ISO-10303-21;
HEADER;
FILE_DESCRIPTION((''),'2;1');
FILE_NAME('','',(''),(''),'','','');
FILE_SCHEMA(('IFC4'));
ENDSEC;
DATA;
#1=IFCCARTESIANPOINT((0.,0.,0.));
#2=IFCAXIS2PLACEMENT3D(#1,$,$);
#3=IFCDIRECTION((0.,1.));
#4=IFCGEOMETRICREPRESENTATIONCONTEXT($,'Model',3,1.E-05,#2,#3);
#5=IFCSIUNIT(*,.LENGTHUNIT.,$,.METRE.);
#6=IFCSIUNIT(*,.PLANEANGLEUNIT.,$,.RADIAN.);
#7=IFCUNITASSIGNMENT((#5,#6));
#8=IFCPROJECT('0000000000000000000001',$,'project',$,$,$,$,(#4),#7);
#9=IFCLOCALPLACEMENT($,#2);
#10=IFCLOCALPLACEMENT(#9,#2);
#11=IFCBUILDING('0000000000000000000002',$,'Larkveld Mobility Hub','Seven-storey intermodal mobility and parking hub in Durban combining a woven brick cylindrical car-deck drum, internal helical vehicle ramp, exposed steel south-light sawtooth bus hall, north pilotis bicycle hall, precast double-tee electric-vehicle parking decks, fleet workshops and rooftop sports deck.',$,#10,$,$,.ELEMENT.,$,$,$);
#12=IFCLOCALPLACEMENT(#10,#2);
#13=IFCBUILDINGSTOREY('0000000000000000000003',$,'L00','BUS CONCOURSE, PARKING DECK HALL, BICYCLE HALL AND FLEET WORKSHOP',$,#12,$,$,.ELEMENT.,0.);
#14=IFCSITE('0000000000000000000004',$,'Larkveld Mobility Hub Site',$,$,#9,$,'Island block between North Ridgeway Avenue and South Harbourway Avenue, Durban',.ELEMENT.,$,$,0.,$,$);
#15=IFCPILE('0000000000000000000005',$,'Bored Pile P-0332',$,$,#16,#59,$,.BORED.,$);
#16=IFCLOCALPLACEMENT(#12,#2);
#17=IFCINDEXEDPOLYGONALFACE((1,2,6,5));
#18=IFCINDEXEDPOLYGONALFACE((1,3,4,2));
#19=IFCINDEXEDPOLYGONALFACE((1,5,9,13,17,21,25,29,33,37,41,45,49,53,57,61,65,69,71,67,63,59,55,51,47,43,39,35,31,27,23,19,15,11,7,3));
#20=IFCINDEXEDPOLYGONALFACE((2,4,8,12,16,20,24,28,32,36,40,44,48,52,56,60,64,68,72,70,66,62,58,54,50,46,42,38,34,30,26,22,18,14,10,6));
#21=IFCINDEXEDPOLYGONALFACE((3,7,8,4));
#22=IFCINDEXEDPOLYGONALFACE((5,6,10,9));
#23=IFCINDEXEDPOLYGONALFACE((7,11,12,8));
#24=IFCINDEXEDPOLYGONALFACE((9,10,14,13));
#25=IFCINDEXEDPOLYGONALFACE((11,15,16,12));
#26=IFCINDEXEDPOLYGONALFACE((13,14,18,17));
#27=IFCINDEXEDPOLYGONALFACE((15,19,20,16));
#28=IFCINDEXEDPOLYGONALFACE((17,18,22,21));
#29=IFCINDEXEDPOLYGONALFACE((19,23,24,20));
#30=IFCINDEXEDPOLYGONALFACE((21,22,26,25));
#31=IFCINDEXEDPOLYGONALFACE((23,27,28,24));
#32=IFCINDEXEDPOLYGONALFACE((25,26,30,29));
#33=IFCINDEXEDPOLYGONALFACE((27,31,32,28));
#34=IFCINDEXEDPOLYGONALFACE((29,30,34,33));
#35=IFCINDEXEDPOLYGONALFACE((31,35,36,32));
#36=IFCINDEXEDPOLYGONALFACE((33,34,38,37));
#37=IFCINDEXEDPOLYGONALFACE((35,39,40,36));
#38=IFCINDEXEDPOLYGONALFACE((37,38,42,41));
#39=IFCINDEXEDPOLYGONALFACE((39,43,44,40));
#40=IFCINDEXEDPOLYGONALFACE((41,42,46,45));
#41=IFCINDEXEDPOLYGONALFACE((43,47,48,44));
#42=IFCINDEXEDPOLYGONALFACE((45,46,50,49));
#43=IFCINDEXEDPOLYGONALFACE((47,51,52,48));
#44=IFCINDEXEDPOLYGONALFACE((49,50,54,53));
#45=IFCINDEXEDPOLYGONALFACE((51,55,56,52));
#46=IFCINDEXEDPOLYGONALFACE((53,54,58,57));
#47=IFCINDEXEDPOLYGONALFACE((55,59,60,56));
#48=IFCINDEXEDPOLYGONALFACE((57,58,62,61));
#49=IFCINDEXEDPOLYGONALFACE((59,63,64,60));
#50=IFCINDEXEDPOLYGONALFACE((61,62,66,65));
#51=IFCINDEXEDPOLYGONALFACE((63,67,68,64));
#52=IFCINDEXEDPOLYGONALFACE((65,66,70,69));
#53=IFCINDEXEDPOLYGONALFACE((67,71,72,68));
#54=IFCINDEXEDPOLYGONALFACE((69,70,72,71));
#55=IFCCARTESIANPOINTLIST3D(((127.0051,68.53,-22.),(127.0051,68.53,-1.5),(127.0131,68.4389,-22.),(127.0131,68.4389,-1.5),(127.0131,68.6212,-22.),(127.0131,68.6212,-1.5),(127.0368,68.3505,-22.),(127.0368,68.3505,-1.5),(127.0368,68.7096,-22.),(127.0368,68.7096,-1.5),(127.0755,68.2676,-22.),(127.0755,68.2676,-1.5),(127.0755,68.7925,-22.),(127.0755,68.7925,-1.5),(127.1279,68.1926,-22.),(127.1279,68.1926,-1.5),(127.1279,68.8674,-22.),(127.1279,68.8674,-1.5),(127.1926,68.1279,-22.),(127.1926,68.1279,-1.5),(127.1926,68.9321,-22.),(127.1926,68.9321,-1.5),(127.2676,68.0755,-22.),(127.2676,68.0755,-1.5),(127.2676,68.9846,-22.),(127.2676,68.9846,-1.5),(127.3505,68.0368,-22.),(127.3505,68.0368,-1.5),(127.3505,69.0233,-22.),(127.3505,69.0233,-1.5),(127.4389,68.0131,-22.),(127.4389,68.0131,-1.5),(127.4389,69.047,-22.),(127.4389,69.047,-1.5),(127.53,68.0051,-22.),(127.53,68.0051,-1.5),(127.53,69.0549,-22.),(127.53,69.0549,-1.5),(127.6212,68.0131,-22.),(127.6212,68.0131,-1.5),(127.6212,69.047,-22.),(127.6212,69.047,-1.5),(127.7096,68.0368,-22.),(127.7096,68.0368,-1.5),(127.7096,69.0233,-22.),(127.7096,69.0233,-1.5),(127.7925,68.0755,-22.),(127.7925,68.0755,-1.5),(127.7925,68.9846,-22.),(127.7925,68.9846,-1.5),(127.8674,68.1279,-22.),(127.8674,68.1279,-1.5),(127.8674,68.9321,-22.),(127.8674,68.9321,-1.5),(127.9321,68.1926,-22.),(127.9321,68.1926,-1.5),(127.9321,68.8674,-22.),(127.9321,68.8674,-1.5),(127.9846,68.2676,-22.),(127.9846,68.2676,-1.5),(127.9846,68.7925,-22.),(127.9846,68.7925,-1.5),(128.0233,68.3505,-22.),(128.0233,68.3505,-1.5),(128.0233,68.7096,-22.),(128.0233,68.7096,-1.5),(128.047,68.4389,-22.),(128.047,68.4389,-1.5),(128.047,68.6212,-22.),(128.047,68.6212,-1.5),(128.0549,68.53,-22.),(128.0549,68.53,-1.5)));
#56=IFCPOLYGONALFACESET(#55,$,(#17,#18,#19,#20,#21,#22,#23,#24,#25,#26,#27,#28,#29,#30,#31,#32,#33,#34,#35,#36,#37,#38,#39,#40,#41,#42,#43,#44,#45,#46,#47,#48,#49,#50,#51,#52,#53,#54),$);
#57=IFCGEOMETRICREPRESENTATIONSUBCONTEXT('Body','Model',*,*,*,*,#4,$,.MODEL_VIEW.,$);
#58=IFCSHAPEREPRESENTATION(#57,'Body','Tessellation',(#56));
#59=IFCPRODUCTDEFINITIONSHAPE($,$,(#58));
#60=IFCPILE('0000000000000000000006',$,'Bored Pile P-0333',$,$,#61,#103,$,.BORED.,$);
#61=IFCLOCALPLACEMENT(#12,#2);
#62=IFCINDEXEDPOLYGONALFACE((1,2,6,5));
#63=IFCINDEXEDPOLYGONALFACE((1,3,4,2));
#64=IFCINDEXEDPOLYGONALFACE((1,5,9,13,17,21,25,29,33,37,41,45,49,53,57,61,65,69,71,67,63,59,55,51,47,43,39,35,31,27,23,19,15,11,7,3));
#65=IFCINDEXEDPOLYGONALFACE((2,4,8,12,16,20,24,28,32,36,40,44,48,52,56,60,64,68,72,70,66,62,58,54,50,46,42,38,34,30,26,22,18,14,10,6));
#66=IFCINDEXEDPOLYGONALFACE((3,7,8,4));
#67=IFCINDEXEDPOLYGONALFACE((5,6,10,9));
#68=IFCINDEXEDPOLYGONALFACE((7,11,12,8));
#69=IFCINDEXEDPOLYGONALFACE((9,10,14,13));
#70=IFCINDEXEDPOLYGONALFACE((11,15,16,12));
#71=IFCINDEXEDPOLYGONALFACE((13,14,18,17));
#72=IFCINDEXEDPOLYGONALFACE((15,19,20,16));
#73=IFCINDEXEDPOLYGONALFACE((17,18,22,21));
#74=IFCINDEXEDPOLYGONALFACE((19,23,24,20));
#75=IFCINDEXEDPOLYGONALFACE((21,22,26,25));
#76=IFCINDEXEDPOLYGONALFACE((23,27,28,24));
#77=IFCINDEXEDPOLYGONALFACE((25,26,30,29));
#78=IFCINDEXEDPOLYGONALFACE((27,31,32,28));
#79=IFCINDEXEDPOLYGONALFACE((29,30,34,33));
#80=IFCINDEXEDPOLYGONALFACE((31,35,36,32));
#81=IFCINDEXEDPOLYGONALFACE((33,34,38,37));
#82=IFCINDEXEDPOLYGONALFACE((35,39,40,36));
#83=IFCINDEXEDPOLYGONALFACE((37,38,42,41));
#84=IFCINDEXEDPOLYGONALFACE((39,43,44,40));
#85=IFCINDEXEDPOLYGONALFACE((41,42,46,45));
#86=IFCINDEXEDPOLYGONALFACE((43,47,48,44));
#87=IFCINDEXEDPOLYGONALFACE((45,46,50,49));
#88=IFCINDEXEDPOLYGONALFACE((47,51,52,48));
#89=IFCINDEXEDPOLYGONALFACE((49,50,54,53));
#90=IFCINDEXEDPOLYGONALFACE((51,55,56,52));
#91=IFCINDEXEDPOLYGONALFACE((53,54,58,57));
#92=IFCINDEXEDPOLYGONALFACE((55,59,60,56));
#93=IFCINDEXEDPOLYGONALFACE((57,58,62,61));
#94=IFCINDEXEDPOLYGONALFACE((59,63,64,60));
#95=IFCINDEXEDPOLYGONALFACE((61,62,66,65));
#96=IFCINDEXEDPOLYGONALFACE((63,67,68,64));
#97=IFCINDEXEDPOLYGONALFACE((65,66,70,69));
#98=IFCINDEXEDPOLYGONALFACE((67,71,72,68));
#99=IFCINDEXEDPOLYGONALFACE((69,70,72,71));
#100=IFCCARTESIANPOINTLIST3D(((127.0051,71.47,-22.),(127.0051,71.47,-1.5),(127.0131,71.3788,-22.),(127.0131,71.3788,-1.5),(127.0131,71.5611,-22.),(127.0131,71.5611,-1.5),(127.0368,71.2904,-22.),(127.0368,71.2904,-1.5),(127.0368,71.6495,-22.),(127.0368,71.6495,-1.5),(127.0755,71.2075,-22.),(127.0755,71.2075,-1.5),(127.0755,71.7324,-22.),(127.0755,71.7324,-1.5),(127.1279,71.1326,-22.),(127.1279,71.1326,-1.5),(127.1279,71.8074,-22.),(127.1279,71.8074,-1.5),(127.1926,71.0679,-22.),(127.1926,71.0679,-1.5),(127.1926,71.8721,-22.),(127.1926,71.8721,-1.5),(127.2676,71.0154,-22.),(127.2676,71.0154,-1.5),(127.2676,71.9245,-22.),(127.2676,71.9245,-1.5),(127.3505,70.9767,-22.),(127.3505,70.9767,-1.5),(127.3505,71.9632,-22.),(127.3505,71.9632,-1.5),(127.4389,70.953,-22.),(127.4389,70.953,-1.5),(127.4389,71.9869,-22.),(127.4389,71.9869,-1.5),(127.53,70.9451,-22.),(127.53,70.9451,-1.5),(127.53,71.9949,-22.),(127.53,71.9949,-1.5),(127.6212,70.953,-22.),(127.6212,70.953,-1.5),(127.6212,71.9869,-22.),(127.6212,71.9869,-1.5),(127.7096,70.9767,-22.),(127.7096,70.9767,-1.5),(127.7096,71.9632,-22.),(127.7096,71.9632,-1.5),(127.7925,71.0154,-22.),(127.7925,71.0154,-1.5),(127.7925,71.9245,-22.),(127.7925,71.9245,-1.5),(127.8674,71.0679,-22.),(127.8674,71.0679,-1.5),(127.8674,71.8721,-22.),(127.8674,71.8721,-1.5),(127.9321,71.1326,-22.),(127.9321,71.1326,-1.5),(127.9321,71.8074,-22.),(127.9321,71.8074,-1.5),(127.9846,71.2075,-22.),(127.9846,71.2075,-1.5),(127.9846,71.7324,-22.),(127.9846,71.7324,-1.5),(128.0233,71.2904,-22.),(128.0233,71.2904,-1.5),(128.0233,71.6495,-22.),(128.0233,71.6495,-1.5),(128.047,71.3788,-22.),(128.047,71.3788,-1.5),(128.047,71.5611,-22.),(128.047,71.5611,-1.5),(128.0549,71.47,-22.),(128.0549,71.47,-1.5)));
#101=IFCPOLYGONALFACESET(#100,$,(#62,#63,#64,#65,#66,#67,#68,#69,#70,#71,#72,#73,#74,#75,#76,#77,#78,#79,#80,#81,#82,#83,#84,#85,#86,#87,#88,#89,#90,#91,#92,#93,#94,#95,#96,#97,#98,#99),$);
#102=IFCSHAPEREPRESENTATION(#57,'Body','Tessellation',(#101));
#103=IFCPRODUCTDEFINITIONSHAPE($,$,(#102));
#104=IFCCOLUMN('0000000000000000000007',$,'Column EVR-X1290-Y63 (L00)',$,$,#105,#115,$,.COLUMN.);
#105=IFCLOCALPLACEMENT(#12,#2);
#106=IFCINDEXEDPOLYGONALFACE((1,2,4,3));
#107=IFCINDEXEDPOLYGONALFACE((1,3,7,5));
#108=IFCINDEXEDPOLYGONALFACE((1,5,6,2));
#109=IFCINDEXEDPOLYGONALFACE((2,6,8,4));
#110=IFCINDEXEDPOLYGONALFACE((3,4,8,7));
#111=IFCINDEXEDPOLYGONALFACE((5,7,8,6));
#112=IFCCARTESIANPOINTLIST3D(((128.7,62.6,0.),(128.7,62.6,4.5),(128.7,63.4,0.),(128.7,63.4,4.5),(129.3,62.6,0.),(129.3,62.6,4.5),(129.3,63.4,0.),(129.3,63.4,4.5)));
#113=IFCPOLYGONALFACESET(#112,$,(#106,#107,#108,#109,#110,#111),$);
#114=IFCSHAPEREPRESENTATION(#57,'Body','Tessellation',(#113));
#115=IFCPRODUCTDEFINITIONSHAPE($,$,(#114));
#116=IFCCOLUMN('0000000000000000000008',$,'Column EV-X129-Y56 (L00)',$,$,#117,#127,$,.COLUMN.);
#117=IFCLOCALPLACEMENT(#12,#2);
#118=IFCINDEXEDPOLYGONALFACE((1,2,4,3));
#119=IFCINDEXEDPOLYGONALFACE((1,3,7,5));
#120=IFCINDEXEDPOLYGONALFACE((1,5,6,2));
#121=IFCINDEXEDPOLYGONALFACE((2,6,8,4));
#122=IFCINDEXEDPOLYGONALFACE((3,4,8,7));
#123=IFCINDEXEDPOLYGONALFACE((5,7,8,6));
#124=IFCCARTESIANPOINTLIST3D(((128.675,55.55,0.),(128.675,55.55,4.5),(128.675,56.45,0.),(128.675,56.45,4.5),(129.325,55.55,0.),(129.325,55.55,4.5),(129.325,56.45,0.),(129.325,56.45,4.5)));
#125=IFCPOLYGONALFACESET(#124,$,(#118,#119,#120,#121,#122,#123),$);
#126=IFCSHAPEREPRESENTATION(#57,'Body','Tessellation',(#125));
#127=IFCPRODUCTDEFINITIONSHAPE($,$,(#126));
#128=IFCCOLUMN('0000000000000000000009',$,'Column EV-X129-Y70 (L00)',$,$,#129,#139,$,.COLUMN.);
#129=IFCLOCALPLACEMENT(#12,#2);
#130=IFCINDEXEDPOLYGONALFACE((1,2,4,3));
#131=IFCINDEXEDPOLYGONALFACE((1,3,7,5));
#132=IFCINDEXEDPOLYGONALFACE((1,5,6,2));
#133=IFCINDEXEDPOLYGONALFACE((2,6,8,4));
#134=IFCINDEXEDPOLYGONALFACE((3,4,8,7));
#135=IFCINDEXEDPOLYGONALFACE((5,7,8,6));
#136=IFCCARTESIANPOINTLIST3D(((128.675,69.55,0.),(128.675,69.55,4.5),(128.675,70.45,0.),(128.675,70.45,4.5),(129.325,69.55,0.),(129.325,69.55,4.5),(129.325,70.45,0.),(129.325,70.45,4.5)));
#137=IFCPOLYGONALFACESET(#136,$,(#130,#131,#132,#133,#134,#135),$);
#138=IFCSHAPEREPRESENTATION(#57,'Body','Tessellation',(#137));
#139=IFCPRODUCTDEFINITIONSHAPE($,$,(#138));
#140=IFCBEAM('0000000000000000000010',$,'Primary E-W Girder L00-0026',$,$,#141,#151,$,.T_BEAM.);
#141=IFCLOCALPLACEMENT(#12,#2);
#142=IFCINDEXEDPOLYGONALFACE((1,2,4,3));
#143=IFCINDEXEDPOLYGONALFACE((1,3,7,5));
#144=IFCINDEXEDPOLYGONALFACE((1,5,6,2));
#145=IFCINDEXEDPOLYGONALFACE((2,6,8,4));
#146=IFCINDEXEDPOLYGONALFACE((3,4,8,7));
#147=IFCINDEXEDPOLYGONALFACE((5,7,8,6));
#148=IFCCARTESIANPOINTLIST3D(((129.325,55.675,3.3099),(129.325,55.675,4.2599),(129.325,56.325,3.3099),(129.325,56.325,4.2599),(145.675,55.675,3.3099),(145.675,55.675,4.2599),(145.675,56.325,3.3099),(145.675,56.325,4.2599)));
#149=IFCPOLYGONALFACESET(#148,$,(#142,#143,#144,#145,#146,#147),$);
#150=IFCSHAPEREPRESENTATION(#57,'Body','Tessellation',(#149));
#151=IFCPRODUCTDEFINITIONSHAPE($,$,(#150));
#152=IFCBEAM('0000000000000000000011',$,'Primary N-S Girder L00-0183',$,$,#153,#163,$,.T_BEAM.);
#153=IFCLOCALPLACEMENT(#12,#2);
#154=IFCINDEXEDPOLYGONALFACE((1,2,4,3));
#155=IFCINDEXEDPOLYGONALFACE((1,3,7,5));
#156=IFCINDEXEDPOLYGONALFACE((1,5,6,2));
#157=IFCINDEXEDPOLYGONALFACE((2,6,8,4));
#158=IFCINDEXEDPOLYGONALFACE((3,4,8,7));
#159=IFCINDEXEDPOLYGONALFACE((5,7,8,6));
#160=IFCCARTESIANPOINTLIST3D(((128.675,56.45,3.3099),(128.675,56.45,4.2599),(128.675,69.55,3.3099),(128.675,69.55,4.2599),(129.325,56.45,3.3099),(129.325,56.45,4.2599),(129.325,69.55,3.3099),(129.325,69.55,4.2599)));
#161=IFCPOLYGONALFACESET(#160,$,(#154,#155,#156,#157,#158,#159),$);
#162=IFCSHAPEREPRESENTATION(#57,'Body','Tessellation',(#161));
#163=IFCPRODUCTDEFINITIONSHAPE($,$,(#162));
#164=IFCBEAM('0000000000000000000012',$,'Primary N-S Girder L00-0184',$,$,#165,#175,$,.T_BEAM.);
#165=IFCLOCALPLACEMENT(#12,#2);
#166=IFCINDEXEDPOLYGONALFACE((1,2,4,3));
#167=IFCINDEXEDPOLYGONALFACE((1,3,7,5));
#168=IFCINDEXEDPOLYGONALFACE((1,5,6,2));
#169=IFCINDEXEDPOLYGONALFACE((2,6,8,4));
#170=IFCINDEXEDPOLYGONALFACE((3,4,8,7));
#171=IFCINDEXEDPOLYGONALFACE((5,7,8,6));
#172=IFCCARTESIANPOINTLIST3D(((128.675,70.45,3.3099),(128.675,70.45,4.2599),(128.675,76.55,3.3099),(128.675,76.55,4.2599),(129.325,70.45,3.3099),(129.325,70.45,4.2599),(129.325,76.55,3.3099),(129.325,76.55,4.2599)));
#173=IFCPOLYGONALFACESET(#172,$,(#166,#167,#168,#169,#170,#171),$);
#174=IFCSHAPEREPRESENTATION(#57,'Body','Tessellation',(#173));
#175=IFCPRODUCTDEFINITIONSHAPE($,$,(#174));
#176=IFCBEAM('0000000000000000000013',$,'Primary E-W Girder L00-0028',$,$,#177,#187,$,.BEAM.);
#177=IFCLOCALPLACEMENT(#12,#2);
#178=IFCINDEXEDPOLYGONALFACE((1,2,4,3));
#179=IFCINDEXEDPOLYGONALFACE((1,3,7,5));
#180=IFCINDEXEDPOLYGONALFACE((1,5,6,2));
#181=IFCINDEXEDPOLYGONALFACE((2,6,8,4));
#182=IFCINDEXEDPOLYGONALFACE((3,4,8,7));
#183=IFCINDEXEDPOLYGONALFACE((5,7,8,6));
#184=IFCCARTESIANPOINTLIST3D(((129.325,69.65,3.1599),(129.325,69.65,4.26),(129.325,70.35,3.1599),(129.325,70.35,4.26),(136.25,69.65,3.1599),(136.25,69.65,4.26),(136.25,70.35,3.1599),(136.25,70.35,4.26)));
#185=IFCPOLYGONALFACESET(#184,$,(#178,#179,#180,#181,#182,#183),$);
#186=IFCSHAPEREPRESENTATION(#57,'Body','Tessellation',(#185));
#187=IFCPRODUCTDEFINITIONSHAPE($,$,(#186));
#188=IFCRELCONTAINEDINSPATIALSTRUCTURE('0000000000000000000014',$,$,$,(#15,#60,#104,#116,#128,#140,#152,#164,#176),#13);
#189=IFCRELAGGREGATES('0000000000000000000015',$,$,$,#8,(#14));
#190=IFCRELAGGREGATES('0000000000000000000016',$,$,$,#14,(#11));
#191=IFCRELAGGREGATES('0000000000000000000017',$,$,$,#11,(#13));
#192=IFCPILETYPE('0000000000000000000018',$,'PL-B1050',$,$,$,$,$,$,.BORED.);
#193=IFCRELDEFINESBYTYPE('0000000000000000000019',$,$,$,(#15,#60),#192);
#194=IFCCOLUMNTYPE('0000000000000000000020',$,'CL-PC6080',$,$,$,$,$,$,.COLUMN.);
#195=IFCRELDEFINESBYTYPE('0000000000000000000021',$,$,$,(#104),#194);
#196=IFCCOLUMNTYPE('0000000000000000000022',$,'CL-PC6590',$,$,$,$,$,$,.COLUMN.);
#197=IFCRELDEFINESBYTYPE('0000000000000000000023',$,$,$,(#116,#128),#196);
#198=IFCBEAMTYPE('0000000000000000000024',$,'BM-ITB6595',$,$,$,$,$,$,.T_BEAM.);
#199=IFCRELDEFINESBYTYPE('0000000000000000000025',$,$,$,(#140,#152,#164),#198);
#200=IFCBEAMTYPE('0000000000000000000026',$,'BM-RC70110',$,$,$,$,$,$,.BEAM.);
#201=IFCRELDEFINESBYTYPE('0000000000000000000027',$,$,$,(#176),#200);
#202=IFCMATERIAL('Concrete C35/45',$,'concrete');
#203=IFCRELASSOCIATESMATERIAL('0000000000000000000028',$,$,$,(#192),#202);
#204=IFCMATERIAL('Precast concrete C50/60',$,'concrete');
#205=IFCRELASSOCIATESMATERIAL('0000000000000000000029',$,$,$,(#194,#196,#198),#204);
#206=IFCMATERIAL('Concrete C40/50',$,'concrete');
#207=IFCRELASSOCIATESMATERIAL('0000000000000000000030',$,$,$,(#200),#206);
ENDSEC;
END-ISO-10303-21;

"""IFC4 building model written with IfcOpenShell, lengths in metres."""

from ifc_helpers import new_model, si_unit, direction, frame, origin, origin_2d, place, context, subcontext, project, spatial, rectangle, circle, extrude, material, material_profile, profile_set, type_object, element, save


model = new_model("IFC4")

# Units and contexts
model_context = context("Model", 3, precision=1e-05, world=origin(), true_north=direction((0.0, 1.0)))
body_context = subcontext(model_context, "Body", "Model", "MODEL_VIEW")
ifc_project = project(units=[si_unit("LENGTHUNIT", "METRE"), si_unit("PLANEANGLEUNIT", "RADIAN")], contexts=[model_context])

# Site, building, storey
site_placement = place(None, origin())
site = spatial("IfcSite", under=ifc_project, at=site_placement, Name="Larkveld Mobility Hub Site", LongName="Island block between North Ridgeway Avenue and South Harbourway Avenue, Durban", CompositionType="ELEMENT", RefElevation=0.0)
building_placement = place(site_placement, origin())
building = spatial("IfcBuilding", under=site, at=building_placement, Name="Larkveld Mobility Hub", Description="Seven-storey intermodal mobility and parking hub in Durban combining a woven brick cylindrical car-deck drum, internal helical vehicle ramp, exposed steel south-light sawtooth bus hall, north pilotis bicycle hall, precast double-tee electric-vehicle parking decks, fleet workshops and rooftop sports deck.", CompositionType="ELEMENT")
storey_placement = place(building_placement, origin())
storey = spatial("IfcBuildingStorey", under=building, at=storey_placement, Name="L00", Description="BUS CONCOURSE, PARKING DECK HALL, BICYCLE HALL AND FLEET WORKSHOP", CompositionType="ELEMENT", Elevation=0.0)

# Shared definitions
ifc_material_1 = material(Name="Concrete C35/45", Category="concrete")

# Piles
ifc_material_profile_1 = material_profile(ifc_material_1, circle(Radius=0.5249, at=origin_2d()), Name="PILE D1050")
ifc_profile_set_1 = profile_set([ifc_material_profile_1], Name="Concrete C35/45")
pile_type_1 = type_object("IfcPileType", Name="PL-B1050", PredefinedType="BORED", material=ifc_profile_set_1)
for number, where, z_axis, x_axis, name in (
    (1, (127.53, 68.53, -1.5), (0.0, 0.0, -1.0), (1.0, 0.0, 0.0), "Bored Pile P-0332"),
    (2, (127.53, 71.47, -1.5), (0.0, 0.0, -1.0), (1.0, 0.0, 0.0), "Bored Pile P-0333"),
):
    element("IfcPile", number, at=place(storey_placement, frame(where, z_axis=z_axis, x_axis=x_axis)), inside=storey, type_object=pile_type_1, Name=name, PredefinedType="BORED", context=body_context, shape_type="SweptSolid", body=[
        extrude(circle(Radius=0.5249, at=origin_2d()), origin(), (0.0, 0.0, 1.0), 20.5),
    ])

# Columns
ifc_material_2 = material(Name="Precast concrete C50/60", Category="concrete")
ifc_material_profile_2 = material_profile(ifc_material_2, rectangle(XDim=0.6001, YDim=0.8, at=origin_2d()), Name="RC COL 600x800")
ifc_profile_set_2 = profile_set([ifc_material_profile_2], Name="Precast concrete C50/60")
column_type_1 = type_object("IfcColumnType", Name="CL-PC6080", PredefinedType="COLUMN", material=ifc_profile_set_2)
column_placement = place(storey_placement, frame((129.0, 63.0, 0.0), z_axis=(0.0, 0.0, 1.0), x_axis=(1.0, 0.0, 0.0)))
element("IfcColumn", 3, at=column_placement, inside=storey, type_object=column_type_1, Name="Column EVR-X1290-Y63 (L00)", PredefinedType="COLUMN", context=body_context, shape_type="SweptSolid", body=[
    extrude(rectangle(XDim=0.6001, YDim=0.8, at=origin_2d()), origin(), (0.0, 0.0, 1.0), 4.5),
])
ifc_material_profile_3 = material_profile(ifc_material_2, rectangle(XDim=0.6499, YDim=0.8999, at=origin_2d()), Name="RC COL 650x900")
ifc_profile_set_3 = profile_set([ifc_material_profile_3], Name="Precast concrete C50/60")
column_type_2 = type_object("IfcColumnType", Name="CL-PC6590", PredefinedType="COLUMN", material=ifc_profile_set_3)
for number, where, z_axis, x_axis, name in (
    (4, (129.0, 56.0, 0.0), (0.0, 0.0, 1.0), (1.0, 0.0, 0.0), "Column EV-X129-Y56 (L00)"),
    (5, (129.0, 70.0, 0.0), (0.0, 0.0, 1.0), (1.0, 0.0, 0.0), "Column EV-X129-Y70 (L00)"),
):
    element("IfcColumn", number, at=place(storey_placement, frame(where, z_axis=z_axis, x_axis=x_axis)), inside=storey, type_object=column_type_2, Name=name, PredefinedType="COLUMN", context=body_context, shape_type="SweptSolid", body=[
        extrude(rectangle(XDim=0.6499, YDim=0.8999, at=origin_2d()), origin(), (0.0, 0.0, 1.0), 4.5),
    ])

# Beams
ifc_material_profile_4 = material_profile(ifc_material_2, rectangle(XDim=0.6499, YDim=0.95, at=origin_2d()), Name="PC ITB 650x950")
ifc_profile_set_4 = profile_set([ifc_material_profile_4], Name="Precast concrete C50/60")
beam_type_1 = type_object("IfcBeamType", Name="BM-ITB6595", PredefinedType="T_BEAM", material=ifc_profile_set_4)
beam_1_placement = place(storey_placement, frame((129.325, 56.0, 3.7849), z_axis=(1.0, 0.0, 0.0), x_axis=(0.0, 1.0, 0.0)))
element("IfcBeam", 6, at=beam_1_placement, inside=storey, type_object=beam_type_1, Name="Primary E-W Girder L00-0026", PredefinedType="T_BEAM", context=body_context, shape_type="SweptSolid", body=[
    extrude(rectangle(XDim=0.6499, YDim=0.95, at=origin_2d()), origin(), (0.0, 0.0, 1.0), 16.3501),
])
beam_2_placement = place(storey_placement, frame((129.0, 56.45, 3.7849), z_axis=(0.0, 1.0, 0.0), x_axis=(-1.0, 0.0, 0.0)))
element("IfcBeam", 7, at=beam_2_placement, inside=storey, type_object=beam_type_1, Name="Primary N-S Girder L00-0183", PredefinedType="T_BEAM", context=body_context, shape_type="SweptSolid", body=[
    extrude(rectangle(XDim=0.6499, YDim=0.95, at=origin_2d()), origin(), (0.0, 0.0, 1.0), 13.1001),
])
beam_3_placement = place(storey_placement, frame((129.0, 70.45, 3.7849), z_axis=(0.0, 1.0, 0.0), x_axis=(-1.0, 0.0, 0.0)))
element("IfcBeam", 8, at=beam_3_placement, inside=storey, type_object=beam_type_1, Name="Primary N-S Girder L00-0184", PredefinedType="T_BEAM", context=body_context, shape_type="SweptSolid", body=[
    extrude(rectangle(XDim=0.6499, YDim=0.95, at=origin_2d()), origin(), (0.0, 0.0, 1.0), 6.1001),
])
ifc_material_3 = material(Name="Concrete C40/50", Category="concrete")
ifc_material_profile_5 = material_profile(ifc_material_3, rectangle(XDim=0.7, YDim=1.1001, at=origin_2d()), Name="RC BM 700x1100")
ifc_profile_set_5 = profile_set([ifc_material_profile_5], Name="Concrete C40/50")
beam_type_2 = type_object("IfcBeamType", Name="BM-RC70110", PredefinedType="BEAM", material=ifc_profile_set_5)
beam_4_placement = place(storey_placement, frame((129.325, 70.0, 3.71), z_axis=(1.0, 0.0, 0.0), x_axis=(0.0, 1.0, 0.0)))
element("IfcBeam", 9, at=beam_4_placement, inside=storey, type_object=beam_type_2, Name="Primary E-W Girder L00-0028", PredefinedType="BEAM", context=body_context, shape_type="SweptSolid", body=[
    extrude(rectangle(XDim=0.7, YDim=1.1001, at=origin_2d()), origin(), (0.0, 0.0, 1.0), 6.925),
])

save(model, "model.ifc")
